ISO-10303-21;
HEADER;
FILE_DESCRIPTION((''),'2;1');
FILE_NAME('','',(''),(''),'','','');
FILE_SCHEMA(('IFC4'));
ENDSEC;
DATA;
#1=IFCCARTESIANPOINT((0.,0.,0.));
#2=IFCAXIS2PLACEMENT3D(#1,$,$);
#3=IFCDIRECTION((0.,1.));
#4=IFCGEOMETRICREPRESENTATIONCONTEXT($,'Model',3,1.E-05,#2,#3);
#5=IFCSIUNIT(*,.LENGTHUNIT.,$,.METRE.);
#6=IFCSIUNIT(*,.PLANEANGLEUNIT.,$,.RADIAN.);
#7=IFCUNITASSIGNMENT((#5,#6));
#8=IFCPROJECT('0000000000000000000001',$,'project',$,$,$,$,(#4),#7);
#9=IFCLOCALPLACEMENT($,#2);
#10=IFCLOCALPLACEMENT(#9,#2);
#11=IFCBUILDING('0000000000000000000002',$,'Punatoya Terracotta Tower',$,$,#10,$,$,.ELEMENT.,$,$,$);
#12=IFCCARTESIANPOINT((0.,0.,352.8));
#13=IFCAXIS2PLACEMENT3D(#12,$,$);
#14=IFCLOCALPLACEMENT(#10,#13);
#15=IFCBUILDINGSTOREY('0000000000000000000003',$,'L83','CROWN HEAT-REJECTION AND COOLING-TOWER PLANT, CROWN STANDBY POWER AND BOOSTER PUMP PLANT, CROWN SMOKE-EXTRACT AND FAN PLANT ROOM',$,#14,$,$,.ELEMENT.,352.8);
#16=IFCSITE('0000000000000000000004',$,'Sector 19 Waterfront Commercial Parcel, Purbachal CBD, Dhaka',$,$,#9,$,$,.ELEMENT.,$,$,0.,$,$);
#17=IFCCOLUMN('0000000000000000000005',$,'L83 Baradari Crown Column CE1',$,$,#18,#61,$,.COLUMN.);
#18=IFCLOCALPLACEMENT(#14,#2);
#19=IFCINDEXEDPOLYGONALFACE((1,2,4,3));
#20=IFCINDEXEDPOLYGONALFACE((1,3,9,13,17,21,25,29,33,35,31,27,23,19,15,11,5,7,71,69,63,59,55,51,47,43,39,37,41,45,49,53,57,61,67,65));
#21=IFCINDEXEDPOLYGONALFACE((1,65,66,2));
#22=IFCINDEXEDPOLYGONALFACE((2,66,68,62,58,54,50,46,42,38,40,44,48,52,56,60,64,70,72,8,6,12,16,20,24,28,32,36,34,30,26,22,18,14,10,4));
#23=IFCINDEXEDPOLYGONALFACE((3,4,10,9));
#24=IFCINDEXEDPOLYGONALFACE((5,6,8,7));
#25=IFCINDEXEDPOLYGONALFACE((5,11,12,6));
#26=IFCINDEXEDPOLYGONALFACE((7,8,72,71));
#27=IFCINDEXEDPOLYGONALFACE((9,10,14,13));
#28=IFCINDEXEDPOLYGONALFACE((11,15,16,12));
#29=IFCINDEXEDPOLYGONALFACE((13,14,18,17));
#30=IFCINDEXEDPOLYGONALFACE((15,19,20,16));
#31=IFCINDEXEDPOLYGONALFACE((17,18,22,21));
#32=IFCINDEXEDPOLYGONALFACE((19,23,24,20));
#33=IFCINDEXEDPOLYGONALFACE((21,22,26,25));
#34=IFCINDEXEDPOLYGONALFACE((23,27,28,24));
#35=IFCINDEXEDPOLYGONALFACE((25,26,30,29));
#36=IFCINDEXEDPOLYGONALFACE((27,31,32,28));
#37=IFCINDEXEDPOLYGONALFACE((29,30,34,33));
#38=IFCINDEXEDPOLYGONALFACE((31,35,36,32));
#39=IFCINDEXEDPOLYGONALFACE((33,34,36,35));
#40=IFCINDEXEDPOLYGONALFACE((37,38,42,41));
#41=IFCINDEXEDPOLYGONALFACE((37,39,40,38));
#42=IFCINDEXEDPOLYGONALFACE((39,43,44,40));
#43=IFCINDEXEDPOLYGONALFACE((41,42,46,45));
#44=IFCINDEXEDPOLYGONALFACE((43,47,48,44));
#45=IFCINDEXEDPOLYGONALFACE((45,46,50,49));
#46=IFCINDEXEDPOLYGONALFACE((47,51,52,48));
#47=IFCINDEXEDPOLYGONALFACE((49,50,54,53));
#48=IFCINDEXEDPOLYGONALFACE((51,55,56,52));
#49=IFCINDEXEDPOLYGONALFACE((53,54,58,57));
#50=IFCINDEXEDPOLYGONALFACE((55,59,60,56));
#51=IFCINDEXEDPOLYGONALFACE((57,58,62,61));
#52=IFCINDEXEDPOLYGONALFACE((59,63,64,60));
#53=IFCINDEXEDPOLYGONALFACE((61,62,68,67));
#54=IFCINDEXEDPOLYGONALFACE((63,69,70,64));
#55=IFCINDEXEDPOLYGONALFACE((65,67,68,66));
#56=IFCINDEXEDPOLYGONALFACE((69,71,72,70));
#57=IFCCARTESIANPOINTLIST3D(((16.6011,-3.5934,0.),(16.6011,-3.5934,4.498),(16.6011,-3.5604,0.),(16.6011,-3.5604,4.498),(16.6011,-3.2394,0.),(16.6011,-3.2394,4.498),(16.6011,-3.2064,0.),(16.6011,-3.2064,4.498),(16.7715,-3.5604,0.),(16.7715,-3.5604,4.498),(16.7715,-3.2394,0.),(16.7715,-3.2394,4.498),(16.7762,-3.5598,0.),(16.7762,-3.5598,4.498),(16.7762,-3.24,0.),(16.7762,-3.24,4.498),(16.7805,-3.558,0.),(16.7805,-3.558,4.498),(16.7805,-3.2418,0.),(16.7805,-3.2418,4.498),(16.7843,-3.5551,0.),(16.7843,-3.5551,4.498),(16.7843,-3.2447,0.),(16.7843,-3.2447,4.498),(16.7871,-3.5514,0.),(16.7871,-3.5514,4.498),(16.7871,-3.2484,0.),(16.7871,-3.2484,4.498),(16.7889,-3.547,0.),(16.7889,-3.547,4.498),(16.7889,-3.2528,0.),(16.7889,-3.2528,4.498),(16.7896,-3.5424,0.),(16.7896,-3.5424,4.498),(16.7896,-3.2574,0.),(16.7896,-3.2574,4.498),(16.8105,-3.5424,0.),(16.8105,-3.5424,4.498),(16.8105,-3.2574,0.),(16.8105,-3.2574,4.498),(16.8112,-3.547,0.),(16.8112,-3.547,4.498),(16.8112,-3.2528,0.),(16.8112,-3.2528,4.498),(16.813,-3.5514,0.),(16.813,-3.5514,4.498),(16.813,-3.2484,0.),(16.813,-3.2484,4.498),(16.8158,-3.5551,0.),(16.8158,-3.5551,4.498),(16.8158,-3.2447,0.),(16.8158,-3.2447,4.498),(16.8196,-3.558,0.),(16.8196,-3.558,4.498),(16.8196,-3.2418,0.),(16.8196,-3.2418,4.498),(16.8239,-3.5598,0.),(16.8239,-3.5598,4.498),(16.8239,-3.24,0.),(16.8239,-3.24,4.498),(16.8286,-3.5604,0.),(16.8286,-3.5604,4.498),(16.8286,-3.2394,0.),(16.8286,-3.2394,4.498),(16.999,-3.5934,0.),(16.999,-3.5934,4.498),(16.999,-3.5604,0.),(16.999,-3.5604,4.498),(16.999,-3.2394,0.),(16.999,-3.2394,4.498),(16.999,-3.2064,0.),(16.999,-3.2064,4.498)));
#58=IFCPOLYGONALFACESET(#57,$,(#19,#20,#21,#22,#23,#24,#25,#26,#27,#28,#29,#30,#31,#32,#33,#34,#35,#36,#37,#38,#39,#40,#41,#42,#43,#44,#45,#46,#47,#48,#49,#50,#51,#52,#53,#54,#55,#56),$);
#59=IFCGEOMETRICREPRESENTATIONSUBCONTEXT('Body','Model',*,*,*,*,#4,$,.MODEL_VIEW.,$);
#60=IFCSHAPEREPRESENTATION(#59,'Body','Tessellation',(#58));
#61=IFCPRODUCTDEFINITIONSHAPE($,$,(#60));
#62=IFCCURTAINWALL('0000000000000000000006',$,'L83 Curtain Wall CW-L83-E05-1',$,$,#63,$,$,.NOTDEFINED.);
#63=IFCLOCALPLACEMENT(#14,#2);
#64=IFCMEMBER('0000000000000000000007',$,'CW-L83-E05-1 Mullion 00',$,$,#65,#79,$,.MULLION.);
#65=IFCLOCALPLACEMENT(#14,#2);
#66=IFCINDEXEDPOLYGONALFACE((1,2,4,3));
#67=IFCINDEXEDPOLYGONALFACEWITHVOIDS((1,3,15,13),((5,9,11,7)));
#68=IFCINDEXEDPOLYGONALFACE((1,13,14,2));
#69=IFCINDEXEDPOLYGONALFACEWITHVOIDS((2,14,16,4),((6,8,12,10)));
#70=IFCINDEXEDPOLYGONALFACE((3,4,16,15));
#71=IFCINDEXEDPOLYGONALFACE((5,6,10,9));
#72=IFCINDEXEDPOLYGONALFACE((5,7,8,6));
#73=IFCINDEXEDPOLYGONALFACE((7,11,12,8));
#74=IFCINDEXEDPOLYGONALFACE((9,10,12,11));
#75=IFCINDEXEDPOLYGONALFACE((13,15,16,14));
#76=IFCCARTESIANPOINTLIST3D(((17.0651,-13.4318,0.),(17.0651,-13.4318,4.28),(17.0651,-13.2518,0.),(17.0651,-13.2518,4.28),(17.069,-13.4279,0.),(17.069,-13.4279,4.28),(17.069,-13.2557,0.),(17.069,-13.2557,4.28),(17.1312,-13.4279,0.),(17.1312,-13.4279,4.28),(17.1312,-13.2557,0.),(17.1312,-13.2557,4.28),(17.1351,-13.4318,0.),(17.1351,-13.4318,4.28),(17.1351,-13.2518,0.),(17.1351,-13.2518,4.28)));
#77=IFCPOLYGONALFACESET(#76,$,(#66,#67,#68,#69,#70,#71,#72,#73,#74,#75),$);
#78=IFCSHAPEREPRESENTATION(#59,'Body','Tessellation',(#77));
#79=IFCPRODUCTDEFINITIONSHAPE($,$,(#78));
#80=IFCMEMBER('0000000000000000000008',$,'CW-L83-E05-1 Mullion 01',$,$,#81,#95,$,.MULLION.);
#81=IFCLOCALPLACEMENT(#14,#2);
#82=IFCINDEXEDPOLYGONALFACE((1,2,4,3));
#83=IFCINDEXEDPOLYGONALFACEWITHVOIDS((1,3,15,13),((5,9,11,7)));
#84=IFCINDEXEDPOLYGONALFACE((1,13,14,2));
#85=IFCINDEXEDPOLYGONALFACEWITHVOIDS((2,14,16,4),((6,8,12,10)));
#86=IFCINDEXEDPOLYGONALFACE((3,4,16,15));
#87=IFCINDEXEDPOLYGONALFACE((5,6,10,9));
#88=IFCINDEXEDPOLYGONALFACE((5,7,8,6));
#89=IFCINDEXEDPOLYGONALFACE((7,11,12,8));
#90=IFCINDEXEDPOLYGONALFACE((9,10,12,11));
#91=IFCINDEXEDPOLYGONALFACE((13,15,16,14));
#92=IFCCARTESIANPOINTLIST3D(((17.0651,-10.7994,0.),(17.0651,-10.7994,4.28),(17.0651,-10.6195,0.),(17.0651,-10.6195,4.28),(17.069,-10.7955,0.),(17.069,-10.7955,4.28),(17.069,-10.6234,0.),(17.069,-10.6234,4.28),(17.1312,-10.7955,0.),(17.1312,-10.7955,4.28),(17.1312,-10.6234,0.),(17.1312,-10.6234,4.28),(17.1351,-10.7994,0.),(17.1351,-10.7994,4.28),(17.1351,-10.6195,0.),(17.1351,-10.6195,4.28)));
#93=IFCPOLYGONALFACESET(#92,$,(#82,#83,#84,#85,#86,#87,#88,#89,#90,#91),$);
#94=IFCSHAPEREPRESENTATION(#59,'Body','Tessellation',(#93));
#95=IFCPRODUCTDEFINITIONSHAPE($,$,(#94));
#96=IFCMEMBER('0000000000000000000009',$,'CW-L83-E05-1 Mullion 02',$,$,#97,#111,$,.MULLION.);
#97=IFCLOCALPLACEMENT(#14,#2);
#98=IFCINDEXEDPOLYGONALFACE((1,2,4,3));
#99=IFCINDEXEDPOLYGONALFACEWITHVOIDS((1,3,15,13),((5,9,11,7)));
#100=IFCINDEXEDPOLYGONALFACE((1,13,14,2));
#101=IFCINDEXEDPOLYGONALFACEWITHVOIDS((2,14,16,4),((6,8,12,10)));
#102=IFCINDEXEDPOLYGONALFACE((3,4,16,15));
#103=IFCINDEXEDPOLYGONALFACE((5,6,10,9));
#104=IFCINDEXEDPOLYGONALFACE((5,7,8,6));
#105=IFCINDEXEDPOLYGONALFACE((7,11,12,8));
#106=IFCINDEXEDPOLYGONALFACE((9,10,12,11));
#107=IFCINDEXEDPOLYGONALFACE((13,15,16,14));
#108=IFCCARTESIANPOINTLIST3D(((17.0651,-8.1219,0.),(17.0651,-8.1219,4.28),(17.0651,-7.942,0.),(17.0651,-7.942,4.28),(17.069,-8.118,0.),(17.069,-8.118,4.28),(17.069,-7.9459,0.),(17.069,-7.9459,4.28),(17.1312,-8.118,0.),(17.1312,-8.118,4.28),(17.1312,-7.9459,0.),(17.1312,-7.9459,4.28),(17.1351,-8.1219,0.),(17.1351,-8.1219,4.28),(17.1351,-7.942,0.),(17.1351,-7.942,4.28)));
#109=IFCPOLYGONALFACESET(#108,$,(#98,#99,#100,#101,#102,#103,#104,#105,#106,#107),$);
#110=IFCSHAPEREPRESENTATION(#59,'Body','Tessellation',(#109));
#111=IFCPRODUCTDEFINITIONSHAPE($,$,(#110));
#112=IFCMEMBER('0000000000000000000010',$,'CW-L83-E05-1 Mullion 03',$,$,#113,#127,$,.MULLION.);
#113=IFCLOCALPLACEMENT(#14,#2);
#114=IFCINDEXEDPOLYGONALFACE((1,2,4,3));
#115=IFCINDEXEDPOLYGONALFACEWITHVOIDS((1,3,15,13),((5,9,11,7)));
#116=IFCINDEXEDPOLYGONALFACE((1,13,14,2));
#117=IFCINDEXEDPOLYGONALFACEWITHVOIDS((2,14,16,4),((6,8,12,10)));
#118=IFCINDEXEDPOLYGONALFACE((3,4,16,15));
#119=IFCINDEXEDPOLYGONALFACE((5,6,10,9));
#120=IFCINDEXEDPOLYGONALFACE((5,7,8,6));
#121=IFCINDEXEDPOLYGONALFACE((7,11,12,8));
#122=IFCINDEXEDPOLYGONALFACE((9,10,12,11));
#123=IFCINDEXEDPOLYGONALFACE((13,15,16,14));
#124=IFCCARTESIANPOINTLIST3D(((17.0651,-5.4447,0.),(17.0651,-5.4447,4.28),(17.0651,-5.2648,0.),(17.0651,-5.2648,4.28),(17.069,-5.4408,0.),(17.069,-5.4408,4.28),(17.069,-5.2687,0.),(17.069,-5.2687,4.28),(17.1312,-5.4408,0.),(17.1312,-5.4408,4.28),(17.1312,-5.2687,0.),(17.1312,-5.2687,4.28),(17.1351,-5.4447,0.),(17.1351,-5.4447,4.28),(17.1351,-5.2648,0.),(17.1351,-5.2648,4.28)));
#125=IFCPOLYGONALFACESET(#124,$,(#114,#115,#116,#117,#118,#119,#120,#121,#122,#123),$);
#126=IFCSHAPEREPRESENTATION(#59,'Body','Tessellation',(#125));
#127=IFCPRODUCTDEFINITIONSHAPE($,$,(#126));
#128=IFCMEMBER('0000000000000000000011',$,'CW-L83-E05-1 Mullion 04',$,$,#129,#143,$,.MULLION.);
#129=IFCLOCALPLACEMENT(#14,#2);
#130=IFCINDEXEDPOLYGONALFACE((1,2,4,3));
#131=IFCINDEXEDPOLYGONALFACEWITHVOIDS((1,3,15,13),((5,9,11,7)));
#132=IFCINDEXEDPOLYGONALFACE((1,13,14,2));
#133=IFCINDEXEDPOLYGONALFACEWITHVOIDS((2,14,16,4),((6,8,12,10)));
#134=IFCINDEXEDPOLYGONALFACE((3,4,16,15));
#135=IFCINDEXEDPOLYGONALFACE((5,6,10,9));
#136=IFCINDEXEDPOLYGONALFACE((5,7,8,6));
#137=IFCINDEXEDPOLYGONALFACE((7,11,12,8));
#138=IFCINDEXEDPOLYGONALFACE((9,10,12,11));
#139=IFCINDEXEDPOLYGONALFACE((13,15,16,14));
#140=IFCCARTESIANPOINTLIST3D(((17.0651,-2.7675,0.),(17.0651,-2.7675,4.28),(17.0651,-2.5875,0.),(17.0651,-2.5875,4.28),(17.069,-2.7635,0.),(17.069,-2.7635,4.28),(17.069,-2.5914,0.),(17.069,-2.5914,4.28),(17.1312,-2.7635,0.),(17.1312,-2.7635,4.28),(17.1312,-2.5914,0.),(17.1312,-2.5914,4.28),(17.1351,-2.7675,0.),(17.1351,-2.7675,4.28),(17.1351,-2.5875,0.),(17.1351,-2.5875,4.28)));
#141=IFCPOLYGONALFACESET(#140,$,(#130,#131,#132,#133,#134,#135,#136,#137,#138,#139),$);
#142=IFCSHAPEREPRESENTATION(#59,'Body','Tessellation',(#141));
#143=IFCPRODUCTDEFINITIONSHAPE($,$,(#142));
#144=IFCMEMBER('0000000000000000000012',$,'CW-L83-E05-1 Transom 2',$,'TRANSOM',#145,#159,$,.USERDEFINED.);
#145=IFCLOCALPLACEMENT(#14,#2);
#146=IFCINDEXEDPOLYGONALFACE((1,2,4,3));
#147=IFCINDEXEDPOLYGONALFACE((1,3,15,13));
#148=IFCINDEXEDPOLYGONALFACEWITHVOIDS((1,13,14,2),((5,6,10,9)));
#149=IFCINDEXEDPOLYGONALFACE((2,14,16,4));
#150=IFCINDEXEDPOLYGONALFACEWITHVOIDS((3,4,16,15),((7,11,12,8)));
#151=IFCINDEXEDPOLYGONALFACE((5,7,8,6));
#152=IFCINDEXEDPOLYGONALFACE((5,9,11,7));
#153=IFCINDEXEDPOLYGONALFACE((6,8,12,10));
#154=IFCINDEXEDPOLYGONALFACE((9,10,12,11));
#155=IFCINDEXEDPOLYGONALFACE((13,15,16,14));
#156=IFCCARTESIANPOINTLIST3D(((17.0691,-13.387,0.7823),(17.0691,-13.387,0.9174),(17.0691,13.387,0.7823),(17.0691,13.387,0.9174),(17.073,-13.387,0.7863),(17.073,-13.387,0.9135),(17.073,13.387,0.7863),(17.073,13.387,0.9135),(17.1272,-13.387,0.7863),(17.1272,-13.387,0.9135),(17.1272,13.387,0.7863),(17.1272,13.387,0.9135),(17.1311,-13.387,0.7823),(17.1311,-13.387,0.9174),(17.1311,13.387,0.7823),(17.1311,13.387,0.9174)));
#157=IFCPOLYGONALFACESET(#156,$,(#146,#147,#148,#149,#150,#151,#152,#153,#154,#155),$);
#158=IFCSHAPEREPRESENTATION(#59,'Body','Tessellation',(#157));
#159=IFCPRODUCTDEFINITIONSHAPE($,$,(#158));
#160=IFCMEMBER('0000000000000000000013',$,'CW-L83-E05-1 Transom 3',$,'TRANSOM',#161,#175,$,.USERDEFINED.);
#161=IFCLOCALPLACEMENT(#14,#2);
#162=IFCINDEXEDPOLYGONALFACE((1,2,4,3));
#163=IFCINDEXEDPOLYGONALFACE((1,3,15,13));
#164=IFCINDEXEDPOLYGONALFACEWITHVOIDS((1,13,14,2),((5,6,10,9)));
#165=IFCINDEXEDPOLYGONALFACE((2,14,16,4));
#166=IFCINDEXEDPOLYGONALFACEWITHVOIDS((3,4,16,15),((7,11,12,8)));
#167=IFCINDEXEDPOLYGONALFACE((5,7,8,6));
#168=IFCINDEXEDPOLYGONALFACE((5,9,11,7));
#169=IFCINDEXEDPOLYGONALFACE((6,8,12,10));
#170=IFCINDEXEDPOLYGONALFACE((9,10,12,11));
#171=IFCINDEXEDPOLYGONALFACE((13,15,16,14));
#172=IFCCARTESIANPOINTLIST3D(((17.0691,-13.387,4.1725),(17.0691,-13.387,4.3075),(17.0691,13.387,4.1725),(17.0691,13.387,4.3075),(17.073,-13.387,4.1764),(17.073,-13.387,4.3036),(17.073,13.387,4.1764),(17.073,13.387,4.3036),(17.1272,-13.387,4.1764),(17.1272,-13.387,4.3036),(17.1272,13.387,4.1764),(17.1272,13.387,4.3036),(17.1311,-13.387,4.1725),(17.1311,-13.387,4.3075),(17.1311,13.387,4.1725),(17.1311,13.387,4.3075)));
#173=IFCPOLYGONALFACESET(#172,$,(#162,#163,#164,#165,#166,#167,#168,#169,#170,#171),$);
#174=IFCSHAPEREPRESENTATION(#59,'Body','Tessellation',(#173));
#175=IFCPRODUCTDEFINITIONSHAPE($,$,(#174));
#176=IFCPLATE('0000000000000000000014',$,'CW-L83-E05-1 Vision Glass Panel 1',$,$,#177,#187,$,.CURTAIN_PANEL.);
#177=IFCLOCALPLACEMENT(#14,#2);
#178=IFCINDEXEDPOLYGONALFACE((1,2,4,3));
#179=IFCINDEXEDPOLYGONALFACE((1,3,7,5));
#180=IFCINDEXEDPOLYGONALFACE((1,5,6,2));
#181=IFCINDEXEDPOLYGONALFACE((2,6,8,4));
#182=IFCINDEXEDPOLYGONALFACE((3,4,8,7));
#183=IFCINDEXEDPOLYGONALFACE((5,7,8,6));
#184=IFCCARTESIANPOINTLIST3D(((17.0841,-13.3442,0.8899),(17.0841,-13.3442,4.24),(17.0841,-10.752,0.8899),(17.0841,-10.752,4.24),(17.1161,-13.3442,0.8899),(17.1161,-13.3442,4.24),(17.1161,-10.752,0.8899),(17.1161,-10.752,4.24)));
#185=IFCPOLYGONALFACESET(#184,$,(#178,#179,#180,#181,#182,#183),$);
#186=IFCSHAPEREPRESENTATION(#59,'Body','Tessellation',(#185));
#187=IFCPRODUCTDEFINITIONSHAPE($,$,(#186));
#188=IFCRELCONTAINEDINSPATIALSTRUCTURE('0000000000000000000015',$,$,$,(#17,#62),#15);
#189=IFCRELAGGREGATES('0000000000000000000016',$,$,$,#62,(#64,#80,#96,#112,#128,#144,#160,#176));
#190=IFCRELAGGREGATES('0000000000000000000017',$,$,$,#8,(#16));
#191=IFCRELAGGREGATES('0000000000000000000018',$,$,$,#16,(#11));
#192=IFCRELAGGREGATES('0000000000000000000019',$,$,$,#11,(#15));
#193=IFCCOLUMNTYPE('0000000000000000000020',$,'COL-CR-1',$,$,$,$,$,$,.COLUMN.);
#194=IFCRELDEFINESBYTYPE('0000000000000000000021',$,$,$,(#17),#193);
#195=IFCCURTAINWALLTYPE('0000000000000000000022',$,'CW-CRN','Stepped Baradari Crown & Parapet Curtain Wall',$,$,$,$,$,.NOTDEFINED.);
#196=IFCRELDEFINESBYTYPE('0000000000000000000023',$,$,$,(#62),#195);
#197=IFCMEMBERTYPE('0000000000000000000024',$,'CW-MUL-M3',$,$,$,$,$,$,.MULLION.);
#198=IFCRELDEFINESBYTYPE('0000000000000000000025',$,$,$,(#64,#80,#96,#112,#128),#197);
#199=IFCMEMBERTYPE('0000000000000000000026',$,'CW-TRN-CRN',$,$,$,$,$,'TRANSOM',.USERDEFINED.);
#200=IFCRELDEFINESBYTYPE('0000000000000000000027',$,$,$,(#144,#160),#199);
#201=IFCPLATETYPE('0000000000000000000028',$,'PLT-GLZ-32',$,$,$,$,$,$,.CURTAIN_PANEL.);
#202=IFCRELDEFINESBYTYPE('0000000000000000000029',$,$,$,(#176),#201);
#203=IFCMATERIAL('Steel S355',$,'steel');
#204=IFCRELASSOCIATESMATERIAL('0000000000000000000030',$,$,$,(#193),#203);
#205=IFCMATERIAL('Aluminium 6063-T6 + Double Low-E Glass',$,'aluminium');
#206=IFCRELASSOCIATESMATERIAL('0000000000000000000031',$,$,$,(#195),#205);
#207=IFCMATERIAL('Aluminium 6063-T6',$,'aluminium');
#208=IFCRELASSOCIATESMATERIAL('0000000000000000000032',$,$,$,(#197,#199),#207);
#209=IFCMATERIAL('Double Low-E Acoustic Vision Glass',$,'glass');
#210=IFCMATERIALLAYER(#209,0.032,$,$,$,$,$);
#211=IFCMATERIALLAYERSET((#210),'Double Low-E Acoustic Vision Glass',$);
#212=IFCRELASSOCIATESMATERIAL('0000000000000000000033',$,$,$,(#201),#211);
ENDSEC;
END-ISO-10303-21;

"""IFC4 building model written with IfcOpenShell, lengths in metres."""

from ifc_helpers import new_model, si_unit, direction, frame, origin, origin_2d, place, context, subcontext, project, spatial, rectangle, hollow_rectangle, i_section, extrude, material, layer, layer_set, material_profile, profile_set, type_object, element, aggregate, save


model = new_model("IFC4")

# Units and contexts
model_context = context("Model", 3, precision=1e-05, world=origin(), true_north=direction((0.0, 1.0)))
body_context = subcontext(model_context, "Body", "Model", "MODEL_VIEW")
ifc_project = project(units=[si_unit("LENGTHUNIT", "METRE"), si_unit("PLANEANGLEUNIT", "RADIAN")], contexts=[model_context])

# Site, building, storey
site_placement = place(None, origin())
site = spatial("IfcSite", under=ifc_project, at=site_placement, Name="Sector 19 Waterfront Commercial Parcel, Purbachal CBD, Dhaka", CompositionType="ELEMENT", RefElevation=0.0)
building_placement = place(site_placement, origin())
building = spatial("IfcBuilding", under=site, at=building_placement, Name="Punatoya Terracotta Tower", CompositionType="ELEMENT")
storey_placement = place(building_placement, frame((0.0, 0.0, 352.8)))
storey = spatial("IfcBuildingStorey", under=building, at=storey_placement, Name="L83", Description="CROWN HEAT-REJECTION AND COOLING-TOWER PLANT, CROWN STANDBY POWER AND BOOSTER PUMP PLANT, CROWN SMOKE-EXTRACT AND FAN PLANT ROOM", CompositionType="ELEMENT", Elevation=352.8)

# Column
ifc_material_1 = material(Name="Steel S355", Category="steel")
ifc_material_profile_1 = material_profile(ifc_material_1, i_section(OverallWidth=0.3979, OverallDepth=0.387, WebThickness=0.021, FlangeThickness=0.033, FilletRadius=0.0181, at=origin_2d()))
ifc_profile_set_1 = profile_set([ifc_material_profile_1], Name="Steel S355")
column_type = type_object("IfcColumnType", Name="COL-CR-1", PredefinedType="COLUMN", material=ifc_profile_set_1)
column_placement = place(storey_placement, frame((16.8, -3.3999, 0.0), z_axis=(0.0, 0.0, 1.0), x_axis=(1.0, 0.0, 0.0)))
element("IfcColumn", 1, at=column_placement, inside=storey, type_object=column_type, Name="L83 Baradari Crown Column CE1", PredefinedType="COLUMN", context=body_context, shape_type="SweptSolid", body=[
    extrude(i_section(OverallWidth=0.3979, OverallDepth=0.387, WebThickness=0.021, FlangeThickness=0.033, FilletRadius=0.0181, at=origin_2d()), origin(), (0.0, 0.0, 1.0), 4.498),
])

# Curtain wall, members, plate
ifc_material_2 = material(Name="Aluminium 6063-T6 + Double Low-E Glass", Category="aluminium")
curtain_wall_type = type_object("IfcCurtainWallType", Name="CW-CRN", Description="Stepped Baradari Crown & Parapet Curtain Wall", PredefinedType="NOTDEFINED", material=ifc_material_2)
curtain_wall_placement = place(storey_placement, origin())
curtain_wall = element("IfcCurtainWall", 2, at=curtain_wall_placement, inside=storey, type_object=curtain_wall_type, Name="L83 Curtain Wall CW-L83-E05-1", PredefinedType="NOTDEFINED")
ifc_material_3 = material(Name="Aluminium 6063-T6", Category="aluminium")
ifc_material_profile_2 = material_profile(ifc_material_3, hollow_rectangle(XDim=0.0701, YDim=0.1799, WallThickness=0.0039, at=origin_2d()))
ifc_profile_set_2 = profile_set([ifc_material_profile_2], Name="Aluminium 6063-T6")
member_type_1 = type_object("IfcMemberType", Name="CW-MUL-M3", PredefinedType="MULLION", material=ifc_profile_set_2)
member_1_placement = place(storey_placement, frame((17.1001, -13.3418, 0.0), z_axis=(0.0, 0.0, 1.0), x_axis=(1.0, 0.0, 0.0)))
member_1 = element("IfcMember", 3, at=member_1_placement, type_object=member_type_1, Name="CW-L83-E05-1 Mullion 00", PredefinedType="MULLION", context=body_context, shape_type="SweptSolid", body=[
    extrude(hollow_rectangle(XDim=0.0701, YDim=0.1799, WallThickness=0.0039, at=origin_2d()), origin(), (0.0, 0.0, 1.0), 4.28),
])
member_2_placement = place(storey_placement, frame((17.1001, -10.7095, 0.0), z_axis=(0.0, 0.0, 1.0), x_axis=(1.0, 0.0, 0.0)))
member_2 = element("IfcMember", 4, at=member_2_placement, type_object=member_type_1, Name="CW-L83-E05-1 Mullion 01", PredefinedType="MULLION", context=body_context, shape_type="SweptSolid", body=[
    extrude(hollow_rectangle(XDim=0.0701, YDim=0.1799, WallThickness=0.0039, at=origin_2d()), origin(), (0.0, 0.0, 1.0), 4.28),
])
member_3_placement = place(storey_placement, frame((17.1001, -8.032, 0.0), z_axis=(0.0, 0.0, 1.0), x_axis=(1.0, 0.0, 0.0)))
member_3 = element("IfcMember", 5, at=member_3_placement, type_object=member_type_1, Name="CW-L83-E05-1 Mullion 02", PredefinedType="MULLION", context=body_context, shape_type="SweptSolid", body=[
    extrude(hollow_rectangle(XDim=0.0701, YDim=0.1799, WallThickness=0.0039, at=origin_2d()), origin(), (0.0, 0.0, 1.0), 4.28),
])
member_4_placement = place(storey_placement, frame((17.1001, -5.3547, 0.0), z_axis=(0.0, 0.0, 1.0), x_axis=(1.0, 0.0, 0.0)))
member_4 = element("IfcMember", 6, at=member_4_placement, type_object=member_type_1, Name="CW-L83-E05-1 Mullion 03", PredefinedType="MULLION", context=body_context, shape_type="SweptSolid", body=[
    extrude(hollow_rectangle(XDim=0.0701, YDim=0.1799, WallThickness=0.0039, at=origin_2d()), origin(), (0.0, 0.0, 1.0), 4.28),
])
member_5_placement = place(storey_placement, frame((17.1001, -2.6775, 0.0), z_axis=(0.0, 0.0, 1.0), x_axis=(1.0, 0.0, 0.0)))
member_5 = element("IfcMember", 7, at=member_5_placement, type_object=member_type_1, Name="CW-L83-E05-1 Mullion 04", PredefinedType="MULLION", context=body_context, shape_type="SweptSolid", body=[
    extrude(hollow_rectangle(XDim=0.0701, YDim=0.1799, WallThickness=0.0039, at=origin_2d()), origin(), (0.0, 0.0, 1.0), 4.28),
])
ifc_material_profile_3 = material_profile(ifc_material_3, hollow_rectangle(XDim=0.062, YDim=0.135, WallThickness=0.0039, at=origin_2d()))
ifc_profile_set_3 = profile_set([ifc_material_profile_3], Name="Aluminium 6063-T6")
member_type_2 = type_object("IfcMemberType", Name="CW-TRN-CRN", ElementType="TRANSOM", PredefinedType="USERDEFINED", material=ifc_profile_set_3)
member_6_placement = place(storey_placement, frame((17.1001, -13.387, 0.8499), z_axis=(0.0, 1.0, 0.0), x_axis=(-1.0, 0.0, 0.0)))
member_6 = element("IfcMember", 8, at=member_6_placement, type_object=member_type_2, Name="CW-L83-E05-1 Transom 2", ObjectType="TRANSOM", PredefinedType="USERDEFINED", context=body_context, shape_type="SweptSolid", body=[
    extrude(hollow_rectangle(XDim=0.062, YDim=0.135, WallThickness=0.0039, at=origin_2d()), origin(), (0.0, 0.0, 1.0), 26.7739),
])
member_7_placement = place(storey_placement, frame((17.1001, -13.387, 4.24), z_axis=(0.0, 1.0, 0.0), x_axis=(-1.0, 0.0, 0.0)))
member_7 = element("IfcMember", 9, at=member_7_placement, type_object=member_type_2, Name="CW-L83-E05-1 Transom 3", ObjectType="TRANSOM", PredefinedType="USERDEFINED", context=body_context, shape_type="SweptSolid", body=[
    extrude(hollow_rectangle(XDim=0.062, YDim=0.135, WallThickness=0.0039, at=origin_2d()), origin(), (0.0, 0.0, 1.0), 26.7739),
])
ifc_material_4 = material(Name="Double Low-E Acoustic Vision Glass", Category="glass")
ifc_layer_1 = layer(ifc_material_4, 0.032)
ifc_layer_set_1 = layer_set([ifc_layer_1], Name="Double Low-E Acoustic Vision Glass")
plate_type_1 = type_object("IfcPlateType", Name="PLT-GLZ-32", PredefinedType="CURTAIN_PANEL", material=ifc_layer_set_1)
plate_1_placement = place(storey_placement, frame((17.1001, -12.0481, 0.8899), z_axis=(0.0, 0.0, 1.0), x_axis=(0.0, 1.0, 0.0)))
plate_1 = element("IfcPlate", 10, at=plate_1_placement, type_object=plate_type_1, Name="CW-L83-E05-1 Vision Glass Panel 1", PredefinedType="CURTAIN_PANEL", context=body_context, shape_type="SweptSolid", body=[
    extrude(rectangle(XDim=2.5923, YDim=0.032, at=origin_2d()), origin(), (0.0, 0.0, 1.0), 3.3501),
])
aggregate(curtain_wall, [member_1, member_2, member_3, member_4, member_5, member_6, member_7, plate_1])

save(model, "model.ifc")
